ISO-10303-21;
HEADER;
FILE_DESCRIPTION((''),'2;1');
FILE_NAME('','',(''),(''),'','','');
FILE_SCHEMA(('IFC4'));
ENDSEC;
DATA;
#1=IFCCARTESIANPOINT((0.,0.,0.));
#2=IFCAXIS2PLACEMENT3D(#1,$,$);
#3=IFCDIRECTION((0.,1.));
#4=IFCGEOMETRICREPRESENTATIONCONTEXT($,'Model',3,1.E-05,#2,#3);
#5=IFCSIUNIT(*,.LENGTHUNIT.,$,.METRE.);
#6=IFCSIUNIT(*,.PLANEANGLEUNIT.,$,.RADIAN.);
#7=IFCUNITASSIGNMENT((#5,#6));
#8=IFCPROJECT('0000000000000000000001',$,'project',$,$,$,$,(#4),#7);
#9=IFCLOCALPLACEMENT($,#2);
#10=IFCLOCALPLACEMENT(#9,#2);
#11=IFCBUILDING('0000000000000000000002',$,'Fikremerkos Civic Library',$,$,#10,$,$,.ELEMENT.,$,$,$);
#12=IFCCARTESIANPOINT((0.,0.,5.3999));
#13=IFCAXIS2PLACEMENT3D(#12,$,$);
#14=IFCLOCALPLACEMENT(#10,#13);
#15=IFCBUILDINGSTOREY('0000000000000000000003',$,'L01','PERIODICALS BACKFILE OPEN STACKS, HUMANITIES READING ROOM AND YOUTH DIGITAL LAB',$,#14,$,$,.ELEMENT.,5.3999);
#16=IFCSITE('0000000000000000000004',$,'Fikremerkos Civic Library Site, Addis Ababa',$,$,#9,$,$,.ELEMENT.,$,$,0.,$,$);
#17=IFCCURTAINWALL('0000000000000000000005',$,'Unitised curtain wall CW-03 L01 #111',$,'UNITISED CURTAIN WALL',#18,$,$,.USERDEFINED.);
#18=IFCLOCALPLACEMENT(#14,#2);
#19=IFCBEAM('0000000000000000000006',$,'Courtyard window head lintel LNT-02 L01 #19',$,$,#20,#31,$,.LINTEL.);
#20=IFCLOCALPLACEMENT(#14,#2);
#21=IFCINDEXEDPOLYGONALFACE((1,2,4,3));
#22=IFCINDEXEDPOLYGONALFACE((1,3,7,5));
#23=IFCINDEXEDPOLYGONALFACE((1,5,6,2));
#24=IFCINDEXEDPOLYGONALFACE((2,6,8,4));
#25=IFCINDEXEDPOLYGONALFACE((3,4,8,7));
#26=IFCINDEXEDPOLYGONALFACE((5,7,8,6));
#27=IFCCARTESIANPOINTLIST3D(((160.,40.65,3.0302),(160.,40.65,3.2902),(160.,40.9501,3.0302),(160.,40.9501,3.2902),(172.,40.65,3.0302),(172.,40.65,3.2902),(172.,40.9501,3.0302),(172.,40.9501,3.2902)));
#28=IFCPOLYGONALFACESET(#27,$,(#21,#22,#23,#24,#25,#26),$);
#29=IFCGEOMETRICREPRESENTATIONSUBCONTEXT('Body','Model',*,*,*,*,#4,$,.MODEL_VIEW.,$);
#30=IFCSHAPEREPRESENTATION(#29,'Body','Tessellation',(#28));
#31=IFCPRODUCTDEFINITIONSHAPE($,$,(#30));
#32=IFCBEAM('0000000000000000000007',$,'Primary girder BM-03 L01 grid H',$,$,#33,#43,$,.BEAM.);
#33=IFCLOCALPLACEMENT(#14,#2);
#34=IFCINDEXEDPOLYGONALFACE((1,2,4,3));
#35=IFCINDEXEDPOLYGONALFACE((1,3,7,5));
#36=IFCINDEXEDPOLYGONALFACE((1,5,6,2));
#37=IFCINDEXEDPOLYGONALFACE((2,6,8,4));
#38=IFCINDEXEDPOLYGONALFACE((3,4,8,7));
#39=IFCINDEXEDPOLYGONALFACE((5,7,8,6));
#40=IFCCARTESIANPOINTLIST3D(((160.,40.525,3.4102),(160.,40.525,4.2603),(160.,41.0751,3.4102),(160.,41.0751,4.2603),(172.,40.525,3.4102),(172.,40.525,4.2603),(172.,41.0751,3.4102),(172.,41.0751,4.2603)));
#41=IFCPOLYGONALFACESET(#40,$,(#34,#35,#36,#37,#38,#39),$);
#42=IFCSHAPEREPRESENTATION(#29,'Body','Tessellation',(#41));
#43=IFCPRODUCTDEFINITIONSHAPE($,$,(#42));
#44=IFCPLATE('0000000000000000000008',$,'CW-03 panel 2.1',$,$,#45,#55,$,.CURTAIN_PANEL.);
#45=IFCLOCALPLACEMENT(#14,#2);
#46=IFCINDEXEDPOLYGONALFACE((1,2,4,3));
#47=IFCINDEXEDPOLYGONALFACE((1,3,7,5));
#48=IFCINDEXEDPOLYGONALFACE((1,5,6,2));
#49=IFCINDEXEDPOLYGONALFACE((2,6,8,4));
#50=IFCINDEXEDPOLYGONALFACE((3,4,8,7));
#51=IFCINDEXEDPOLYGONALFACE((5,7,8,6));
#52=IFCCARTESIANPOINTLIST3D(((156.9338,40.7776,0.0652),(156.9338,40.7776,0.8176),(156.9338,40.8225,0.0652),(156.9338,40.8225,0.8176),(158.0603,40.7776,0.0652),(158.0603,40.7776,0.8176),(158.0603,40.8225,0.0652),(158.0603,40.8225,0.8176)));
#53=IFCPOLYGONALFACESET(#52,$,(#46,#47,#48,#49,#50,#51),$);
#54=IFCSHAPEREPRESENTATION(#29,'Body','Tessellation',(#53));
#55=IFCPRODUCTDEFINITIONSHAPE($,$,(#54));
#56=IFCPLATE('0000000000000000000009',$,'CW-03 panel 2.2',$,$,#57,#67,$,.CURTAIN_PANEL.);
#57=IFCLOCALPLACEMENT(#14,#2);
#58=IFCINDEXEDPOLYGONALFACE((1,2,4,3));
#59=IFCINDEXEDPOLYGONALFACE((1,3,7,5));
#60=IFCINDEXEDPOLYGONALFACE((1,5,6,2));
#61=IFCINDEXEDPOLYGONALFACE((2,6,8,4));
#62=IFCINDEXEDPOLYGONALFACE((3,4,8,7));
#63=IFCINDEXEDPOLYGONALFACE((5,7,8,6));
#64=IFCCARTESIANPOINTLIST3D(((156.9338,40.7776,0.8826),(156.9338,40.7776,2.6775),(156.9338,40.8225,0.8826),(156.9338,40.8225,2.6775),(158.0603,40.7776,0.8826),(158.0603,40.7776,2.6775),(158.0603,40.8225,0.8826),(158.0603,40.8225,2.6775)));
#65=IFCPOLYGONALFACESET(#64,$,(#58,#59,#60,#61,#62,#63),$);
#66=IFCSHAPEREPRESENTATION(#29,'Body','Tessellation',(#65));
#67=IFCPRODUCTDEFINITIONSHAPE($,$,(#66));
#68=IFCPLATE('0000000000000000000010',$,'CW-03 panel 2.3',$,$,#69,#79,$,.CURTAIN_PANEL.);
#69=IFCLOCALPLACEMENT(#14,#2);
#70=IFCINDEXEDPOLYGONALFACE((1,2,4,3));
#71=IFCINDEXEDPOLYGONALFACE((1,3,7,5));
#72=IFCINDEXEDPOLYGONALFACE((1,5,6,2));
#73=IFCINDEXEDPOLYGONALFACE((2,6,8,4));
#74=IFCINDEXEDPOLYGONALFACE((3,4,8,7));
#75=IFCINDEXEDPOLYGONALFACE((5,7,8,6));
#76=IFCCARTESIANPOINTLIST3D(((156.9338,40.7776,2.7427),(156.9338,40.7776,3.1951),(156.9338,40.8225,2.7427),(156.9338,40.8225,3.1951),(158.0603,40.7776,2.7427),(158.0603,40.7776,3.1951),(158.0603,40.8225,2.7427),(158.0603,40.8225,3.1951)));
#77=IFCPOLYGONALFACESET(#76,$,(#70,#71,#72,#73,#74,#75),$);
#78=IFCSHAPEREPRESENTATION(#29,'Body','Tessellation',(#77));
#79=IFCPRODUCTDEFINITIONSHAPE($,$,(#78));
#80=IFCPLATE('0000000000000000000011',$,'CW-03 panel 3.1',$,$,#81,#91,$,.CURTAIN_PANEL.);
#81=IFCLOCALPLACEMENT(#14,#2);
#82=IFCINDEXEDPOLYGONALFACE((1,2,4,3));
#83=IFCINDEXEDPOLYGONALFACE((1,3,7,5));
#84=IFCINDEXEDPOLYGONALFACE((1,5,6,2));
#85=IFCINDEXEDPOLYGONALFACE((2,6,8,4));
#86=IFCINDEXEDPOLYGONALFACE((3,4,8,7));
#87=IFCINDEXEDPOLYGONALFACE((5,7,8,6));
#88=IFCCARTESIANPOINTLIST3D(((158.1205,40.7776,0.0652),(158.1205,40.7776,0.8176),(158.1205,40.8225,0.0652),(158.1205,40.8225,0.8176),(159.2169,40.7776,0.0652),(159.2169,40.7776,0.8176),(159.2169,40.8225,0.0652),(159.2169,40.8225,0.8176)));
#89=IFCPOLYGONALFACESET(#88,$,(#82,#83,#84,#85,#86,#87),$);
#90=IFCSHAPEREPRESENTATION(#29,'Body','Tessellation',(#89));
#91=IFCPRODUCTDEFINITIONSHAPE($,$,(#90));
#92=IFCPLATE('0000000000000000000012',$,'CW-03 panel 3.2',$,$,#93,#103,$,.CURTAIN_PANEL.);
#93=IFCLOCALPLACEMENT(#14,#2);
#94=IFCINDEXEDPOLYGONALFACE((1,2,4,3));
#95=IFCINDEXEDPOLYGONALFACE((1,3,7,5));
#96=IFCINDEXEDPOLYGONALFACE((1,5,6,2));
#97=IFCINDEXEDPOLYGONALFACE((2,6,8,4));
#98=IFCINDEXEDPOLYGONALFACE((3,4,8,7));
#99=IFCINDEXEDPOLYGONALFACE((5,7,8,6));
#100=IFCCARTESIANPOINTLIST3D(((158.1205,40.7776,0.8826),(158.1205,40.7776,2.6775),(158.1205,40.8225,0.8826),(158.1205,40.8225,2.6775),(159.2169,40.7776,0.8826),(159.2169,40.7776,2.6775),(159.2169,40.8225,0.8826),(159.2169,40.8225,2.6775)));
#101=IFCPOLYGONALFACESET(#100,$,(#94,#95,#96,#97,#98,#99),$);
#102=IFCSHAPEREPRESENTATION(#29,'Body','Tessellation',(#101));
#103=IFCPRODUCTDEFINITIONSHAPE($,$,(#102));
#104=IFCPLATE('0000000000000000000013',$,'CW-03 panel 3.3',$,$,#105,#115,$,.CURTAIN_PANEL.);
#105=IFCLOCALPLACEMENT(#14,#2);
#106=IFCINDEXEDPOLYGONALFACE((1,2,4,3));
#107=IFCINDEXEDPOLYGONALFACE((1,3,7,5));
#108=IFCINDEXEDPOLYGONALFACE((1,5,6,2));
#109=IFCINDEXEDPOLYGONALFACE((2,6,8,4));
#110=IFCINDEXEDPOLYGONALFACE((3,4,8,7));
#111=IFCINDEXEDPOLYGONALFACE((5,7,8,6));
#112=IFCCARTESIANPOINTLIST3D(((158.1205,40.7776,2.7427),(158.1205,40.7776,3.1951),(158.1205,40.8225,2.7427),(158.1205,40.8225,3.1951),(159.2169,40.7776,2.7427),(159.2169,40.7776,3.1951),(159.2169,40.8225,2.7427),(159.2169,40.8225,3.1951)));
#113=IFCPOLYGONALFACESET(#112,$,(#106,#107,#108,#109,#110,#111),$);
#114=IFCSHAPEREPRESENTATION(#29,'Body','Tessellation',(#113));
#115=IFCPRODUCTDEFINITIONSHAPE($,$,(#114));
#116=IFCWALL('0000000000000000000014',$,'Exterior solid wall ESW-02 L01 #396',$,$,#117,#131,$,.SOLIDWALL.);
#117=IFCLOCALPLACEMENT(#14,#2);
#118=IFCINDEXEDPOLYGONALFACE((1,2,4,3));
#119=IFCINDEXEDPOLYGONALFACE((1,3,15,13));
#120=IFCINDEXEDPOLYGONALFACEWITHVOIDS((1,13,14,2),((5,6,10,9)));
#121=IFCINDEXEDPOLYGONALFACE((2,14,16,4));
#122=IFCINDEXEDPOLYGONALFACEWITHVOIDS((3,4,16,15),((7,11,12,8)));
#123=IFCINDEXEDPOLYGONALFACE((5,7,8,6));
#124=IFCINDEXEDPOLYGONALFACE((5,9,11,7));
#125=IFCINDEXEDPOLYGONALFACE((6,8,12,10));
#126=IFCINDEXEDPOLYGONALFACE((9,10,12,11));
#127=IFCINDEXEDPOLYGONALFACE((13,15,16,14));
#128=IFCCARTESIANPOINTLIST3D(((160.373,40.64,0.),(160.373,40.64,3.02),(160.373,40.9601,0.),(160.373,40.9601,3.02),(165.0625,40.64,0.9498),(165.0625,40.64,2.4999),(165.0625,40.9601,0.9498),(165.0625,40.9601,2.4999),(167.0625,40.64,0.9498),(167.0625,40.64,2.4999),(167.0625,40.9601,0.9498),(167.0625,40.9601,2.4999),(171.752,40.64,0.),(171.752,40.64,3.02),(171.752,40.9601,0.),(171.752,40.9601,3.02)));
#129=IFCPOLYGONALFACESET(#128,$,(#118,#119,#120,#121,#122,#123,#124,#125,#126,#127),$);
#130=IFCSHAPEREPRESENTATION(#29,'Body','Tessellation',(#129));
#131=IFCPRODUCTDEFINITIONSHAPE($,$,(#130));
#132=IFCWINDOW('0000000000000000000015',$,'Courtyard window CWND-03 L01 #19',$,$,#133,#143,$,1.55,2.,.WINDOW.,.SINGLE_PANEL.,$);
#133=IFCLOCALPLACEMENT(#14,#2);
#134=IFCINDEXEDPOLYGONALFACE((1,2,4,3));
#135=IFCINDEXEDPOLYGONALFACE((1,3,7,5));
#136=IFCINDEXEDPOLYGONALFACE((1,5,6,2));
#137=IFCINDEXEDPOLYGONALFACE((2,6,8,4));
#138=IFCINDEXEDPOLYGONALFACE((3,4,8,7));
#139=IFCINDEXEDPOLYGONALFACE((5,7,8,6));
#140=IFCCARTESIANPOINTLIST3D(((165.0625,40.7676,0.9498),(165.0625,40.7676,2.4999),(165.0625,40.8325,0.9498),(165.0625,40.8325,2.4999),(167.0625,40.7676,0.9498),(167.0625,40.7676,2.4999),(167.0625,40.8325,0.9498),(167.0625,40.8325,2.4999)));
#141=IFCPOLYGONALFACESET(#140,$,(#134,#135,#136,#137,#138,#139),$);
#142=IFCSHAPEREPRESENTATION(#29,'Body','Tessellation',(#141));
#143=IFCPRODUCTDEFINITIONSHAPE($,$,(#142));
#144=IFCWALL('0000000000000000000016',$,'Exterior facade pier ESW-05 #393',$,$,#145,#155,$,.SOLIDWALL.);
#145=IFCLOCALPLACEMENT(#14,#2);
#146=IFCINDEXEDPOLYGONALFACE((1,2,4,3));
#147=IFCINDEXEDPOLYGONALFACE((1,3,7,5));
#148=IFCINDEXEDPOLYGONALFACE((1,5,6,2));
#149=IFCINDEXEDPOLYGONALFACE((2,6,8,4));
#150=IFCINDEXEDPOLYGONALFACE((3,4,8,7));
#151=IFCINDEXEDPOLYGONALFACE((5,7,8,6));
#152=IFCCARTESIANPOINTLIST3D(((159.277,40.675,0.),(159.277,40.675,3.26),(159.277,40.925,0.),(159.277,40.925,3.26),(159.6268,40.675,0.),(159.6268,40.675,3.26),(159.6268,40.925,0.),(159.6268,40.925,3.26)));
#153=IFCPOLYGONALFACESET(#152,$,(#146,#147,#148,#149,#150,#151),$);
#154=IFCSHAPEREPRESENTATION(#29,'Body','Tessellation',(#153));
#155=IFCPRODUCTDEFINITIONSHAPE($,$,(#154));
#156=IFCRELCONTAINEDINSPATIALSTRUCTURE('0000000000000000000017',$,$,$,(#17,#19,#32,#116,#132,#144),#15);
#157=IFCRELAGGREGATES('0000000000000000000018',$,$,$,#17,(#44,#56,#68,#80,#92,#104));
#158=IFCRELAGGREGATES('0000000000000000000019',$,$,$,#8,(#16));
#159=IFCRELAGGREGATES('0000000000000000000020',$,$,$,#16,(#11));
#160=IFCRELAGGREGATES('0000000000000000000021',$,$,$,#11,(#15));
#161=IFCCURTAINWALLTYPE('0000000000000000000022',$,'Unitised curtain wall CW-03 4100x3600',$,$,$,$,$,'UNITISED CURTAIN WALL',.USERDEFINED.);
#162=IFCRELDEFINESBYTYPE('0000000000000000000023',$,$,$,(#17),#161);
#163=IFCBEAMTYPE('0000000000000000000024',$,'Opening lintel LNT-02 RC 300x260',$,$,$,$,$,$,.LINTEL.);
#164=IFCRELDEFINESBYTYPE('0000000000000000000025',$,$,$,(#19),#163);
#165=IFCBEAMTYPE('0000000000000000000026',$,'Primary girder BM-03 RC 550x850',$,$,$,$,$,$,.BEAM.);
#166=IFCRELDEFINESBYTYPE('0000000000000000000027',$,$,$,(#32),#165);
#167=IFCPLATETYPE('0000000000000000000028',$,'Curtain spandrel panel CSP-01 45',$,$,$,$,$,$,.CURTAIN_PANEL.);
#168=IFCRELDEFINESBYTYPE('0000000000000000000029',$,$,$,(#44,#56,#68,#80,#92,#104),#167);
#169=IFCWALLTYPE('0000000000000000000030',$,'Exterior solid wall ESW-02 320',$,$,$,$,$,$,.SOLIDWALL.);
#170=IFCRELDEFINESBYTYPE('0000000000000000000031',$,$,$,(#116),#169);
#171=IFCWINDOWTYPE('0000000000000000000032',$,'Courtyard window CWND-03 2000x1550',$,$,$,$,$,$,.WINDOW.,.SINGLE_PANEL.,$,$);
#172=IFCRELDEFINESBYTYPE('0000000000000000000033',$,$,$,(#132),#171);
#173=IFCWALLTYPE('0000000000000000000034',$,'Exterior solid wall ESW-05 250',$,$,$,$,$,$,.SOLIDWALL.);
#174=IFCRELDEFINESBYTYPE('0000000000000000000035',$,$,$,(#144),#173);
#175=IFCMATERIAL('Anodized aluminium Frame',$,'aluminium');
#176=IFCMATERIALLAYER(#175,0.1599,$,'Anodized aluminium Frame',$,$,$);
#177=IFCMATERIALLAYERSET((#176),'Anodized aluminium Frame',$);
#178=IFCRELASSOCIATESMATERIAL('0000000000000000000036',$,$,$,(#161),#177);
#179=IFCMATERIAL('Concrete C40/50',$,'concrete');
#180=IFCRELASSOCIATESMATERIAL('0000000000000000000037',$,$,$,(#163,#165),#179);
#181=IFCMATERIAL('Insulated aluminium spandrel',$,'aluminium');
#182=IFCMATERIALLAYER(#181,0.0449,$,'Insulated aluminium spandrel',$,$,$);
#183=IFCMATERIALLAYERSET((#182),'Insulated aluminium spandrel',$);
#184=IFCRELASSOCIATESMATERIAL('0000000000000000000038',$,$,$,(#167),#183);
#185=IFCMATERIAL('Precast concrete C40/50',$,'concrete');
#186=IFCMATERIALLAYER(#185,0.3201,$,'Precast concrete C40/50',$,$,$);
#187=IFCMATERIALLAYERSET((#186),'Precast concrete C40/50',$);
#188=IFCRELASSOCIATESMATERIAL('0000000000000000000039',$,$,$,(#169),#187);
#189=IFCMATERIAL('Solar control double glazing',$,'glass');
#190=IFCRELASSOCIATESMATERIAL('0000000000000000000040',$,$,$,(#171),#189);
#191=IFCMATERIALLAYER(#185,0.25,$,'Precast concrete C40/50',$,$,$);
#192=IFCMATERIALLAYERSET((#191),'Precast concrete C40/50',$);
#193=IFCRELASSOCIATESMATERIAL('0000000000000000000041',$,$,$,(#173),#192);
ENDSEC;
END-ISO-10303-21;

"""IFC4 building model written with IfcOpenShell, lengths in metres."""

from ifc_helpers import new_model, si_unit, direction, frame, frame_2d, origin, origin_2d, place, context, subcontext, project, spatial, rectangle, extrude, material, layer, layer_set, material_profile, profile_set, type_object, element, fill, aggregate, save


model = new_model("IFC4")

# Units and contexts
model_context = context("Model", 3, precision=1e-05, world=origin(), true_north=direction((0.0, 1.0)))
body_context = subcontext(model_context, "Body", "Model", "MODEL_VIEW")
ifc_project = project(units=[si_unit("LENGTHUNIT", "METRE"), si_unit("PLANEANGLEUNIT", "RADIAN")], contexts=[model_context])

# Site, building, storey
site_placement = place(None, origin())
site = spatial("IfcSite", under=ifc_project, at=site_placement, Name="Fikremerkos Civic Library Site, Addis Ababa", CompositionType="ELEMENT", RefElevation=0.0)
building_placement = place(site_placement, origin())
building = spatial("IfcBuilding", under=site, at=building_placement, Name="Fikremerkos Civic Library", CompositionType="ELEMENT")
storey_placement = place(building_placement, frame((0.0, 0.0, 5.3999)))
storey = spatial("IfcBuildingStorey", under=building, at=storey_placement, Name="L01", Description="PERIODICALS BACKFILE OPEN STACKS, HUMANITIES READING ROOM AND YOUTH DIGITAL LAB", CompositionType="ELEMENT", Elevation=5.3999)

# Shared definitions
ifc_material_1 = material(Name="Concrete C40/50", Category="concrete")

# Curtain wall
ifc_material_2 = material(Name="Anodized aluminium Frame", Category="aluminium")
ifc_layer_1 = layer(ifc_material_2, 0.1599, Name="Anodized aluminium Frame")
ifc_layer_set_1 = layer_set([ifc_layer_1], Name="Anodized aluminium Frame")
curtain_wall_type = type_object("IfcCurtainWallType", Name="Unitised curtain wall CW-03 4100x3600", ElementType="UNITISED CURTAIN WALL", PredefinedType="USERDEFINED", material=ifc_layer_set_1)
curtain_wall_placement = place(storey_placement, origin())
curtain_wall = element("IfcCurtainWall", 1, at=curtain_wall_placement, inside=storey, type_object=curtain_wall_type, Name="Unitised curtain wall CW-03 L01 #111", ObjectType="UNITISED CURTAIN WALL", PredefinedType="USERDEFINED")

# Beams
ifc_material_profile_1 = material_profile(ifc_material_1, rectangle(XDim=0.3, YDim=0.26, at=origin_2d()), Name="RC 300x260")
ifc_profile_set_1 = profile_set([ifc_material_profile_1], Name="Concrete C40/50")
beam_type_1 = type_object("IfcBeamType", Name="Opening lintel LNT-02 RC 300x260", PredefinedType="LINTEL", material=ifc_profile_set_1)
beam_1_placement = place(storey_placement, frame((160.0, 40.8, 3.1602), z_axis=(1.0, 0.0, 0.0), x_axis=(0.0, 1.0, 0.0)))
element("IfcBeam", 2, at=beam_1_placement, inside=storey, type_object=beam_type_1, Name="Courtyard window head lintel LNT-02 L01 #19", PredefinedType="LINTEL", context=body_context, shape_type="SweptSolid", body=[
    extrude(rectangle(XDim=0.3, YDim=0.26, at=origin_2d()), origin(), (0.0, 0.0, 1.0), 12.0),
])
ifc_material_profile_2 = material_profile(ifc_material_1, rectangle(XDim=0.55, YDim=0.8501, at=origin_2d()), Name="RC 550x850")
ifc_profile_set_2 = profile_set([ifc_material_profile_2], Name="Concrete C40/50")
beam_type_2 = type_object("IfcBeamType", Name="Primary girder BM-03 RC 550x850", PredefinedType="BEAM", material=ifc_profile_set_2)
beam_2_placement = place(storey_placement, frame((160.0, 40.8, 3.8352), z_axis=(1.0, 0.0, 0.0), x_axis=(0.0, 1.0, 0.0)))
element("IfcBeam", 3, at=beam_2_placement, inside=storey, type_object=beam_type_2, Name="Primary girder BM-03 L01 grid H", PredefinedType="BEAM", context=body_context, shape_type="SweptSolid", body=[
    extrude(rectangle(XDim=0.55, YDim=0.8501, at=origin_2d()), origin(), (0.0, 0.0, 1.0), 12.0),
])

# Plates
ifc_material_3 = material(Name="Insulated aluminium spandrel", Category="aluminium")
ifc_layer_2 = layer(ifc_material_3, 0.0449, Name="Insulated aluminium spandrel")
ifc_layer_set_2 = layer_set([ifc_layer_2], Name="Insulated aluminium spandrel")
plate_type = type_object("IfcPlateType", Name="Curtain spandrel panel CSP-01 45", PredefinedType="CURTAIN_PANEL", material=ifc_layer_set_2)
plate_1_placement = place(storey_placement, frame((157.4971, 40.8, 0.0652), z_axis=(0.0, 0.0, 1.0), x_axis=(1.0, 0.0, 0.0)))
plate_1 = element("IfcPlate", 4, at=plate_1_placement, type_object=plate_type, Name="CW-03 panel 2.1", PredefinedType="CURTAIN_PANEL", context=body_context, shape_type="SweptSolid", body=[
    extrude(rectangle(XDim=1.1265, YDim=0.0449, at=origin_2d()), origin(), (0.0, 0.0, 1.0), 0.7524),
])
plate_2_placement = place(storey_placement, frame((157.4971, 40.8, 0.8826), z_axis=(0.0, 0.0, 1.0), x_axis=(1.0, 0.0, 0.0)))
plate_2 = element("IfcPlate", 5, at=plate_2_placement, type_object=plate_type, Name="CW-03 panel 2.2", PredefinedType="CURTAIN_PANEL", context=body_context, shape_type="SweptSolid", body=[
    extrude(rectangle(XDim=1.1265, YDim=0.0449, at=origin_2d()), origin(), (0.0, 0.0, 1.0), 1.7949),
])
plate_3_placement = place(storey_placement, frame((157.4971, 40.8, 2.7427), z_axis=(0.0, 0.0, 1.0), x_axis=(1.0, 0.0, 0.0)))
plate_3 = element("IfcPlate", 6, at=plate_3_placement, type_object=plate_type, Name="CW-03 panel 2.3", PredefinedType="CURTAIN_PANEL", context=body_context, shape_type="SweptSolid", body=[
    extrude(rectangle(XDim=1.1265, YDim=0.0449, at=origin_2d()), origin(), (0.0, 0.0, 1.0), 0.4524),
])
plate_4_placement = place(storey_placement, frame((158.6687, 40.8, 0.0652), z_axis=(0.0, 0.0, 1.0), x_axis=(1.0, 0.0, 0.0)))
plate_4 = element("IfcPlate", 7, at=plate_4_placement, type_object=plate_type, Name="CW-03 panel 3.1", PredefinedType="CURTAIN_PANEL", context=body_context, shape_type="SweptSolid", body=[
    extrude(rectangle(XDim=1.0964, YDim=0.0449, at=origin_2d()), origin(), (0.0, 0.0, 1.0), 0.7524),
])
plate_5_placement = place(storey_placement, frame((158.6687, 40.8, 0.8826), z_axis=(0.0, 0.0, 1.0), x_axis=(1.0, 0.0, 0.0)))
plate_5 = element("IfcPlate", 8, at=plate_5_placement, type_object=plate_type, Name="CW-03 panel 3.2", PredefinedType="CURTAIN_PANEL", context=body_context, shape_type="SweptSolid", body=[
    extrude(rectangle(XDim=1.0964, YDim=0.0449, at=origin_2d()), origin(), (0.0, 0.0, 1.0), 1.7949),
])
plate_6_placement = place(storey_placement, frame((158.6687, 40.8, 2.7427), z_axis=(0.0, 0.0, 1.0), x_axis=(1.0, 0.0, 0.0)))
plate_6 = element("IfcPlate", 9, at=plate_6_placement, type_object=plate_type, Name="CW-03 panel 3.3", PredefinedType="CURTAIN_PANEL", context=body_context, shape_type="SweptSolid", body=[
    extrude(rectangle(XDim=1.0964, YDim=0.0449, at=origin_2d()), origin(), (0.0, 0.0, 1.0), 0.4524),
])
aggregate(curtain_wall, [plate_1, plate_2, plate_3, plate_4, plate_5, plate_6])

# Wall, opening, window
ifc_material_4 = material(Name="Precast concrete C40/50", Category="concrete")
ifc_layer_3 = layer(ifc_material_4, 0.3201, Name="Precast concrete C40/50")
ifc_layer_set_3 = layer_set([ifc_layer_3], Name="Precast concrete C40/50")
wall_type_1 = type_object("IfcWallType", Name="Exterior solid wall ESW-02 320", PredefinedType="SOLIDWALL", material=ifc_layer_set_3)
wall_1_placement = place(storey_placement, frame((160.373, 40.8, 0.0), z_axis=(0.0, 0.0, 1.0), x_axis=(1.0, 0.0, 0.0)))
wall_1 = element("IfcWall", 10, at=wall_1_placement, inside=storey, type_object=wall_type_1, Name="Exterior solid wall ESW-02 L01 #396", PredefinedType="SOLIDWALL", context=body_context, shape_type="SweptSolid", body=[
    extrude(rectangle(XDim=11.3789, YDim=0.3201, at=frame_2d((5.6895, 0.0))), origin(), (0.0, 0.0, 1.0), 3.02),
])
opening_placement = place(wall_1_placement, frame((4.6895, 0.0, 0.95)))
opening = element("IfcOpeningElement", 11, at=opening_placement, cuts=wall_1, PredefinedType="OPENING", context=body_context, shape_type="SweptSolid", body=[
    extrude(rectangle(XDim=2.0, YDim=1.55, at=frame_2d((1.0, 0.7749))), frame((0.0, 0.1699, 0.0), z_axis=(0.0, -1.0, 0.0), x_axis=(1.0, 0.0, 0.0)), (0.0, 0.0, 1.0), 0.3401),
])
ifc_material_5 = material(Name="Solar control double glazing", Category="glass")
window_type = type_object("IfcWindowType", Name="Courtyard window CWND-03 2000x1550", PartitioningType="SINGLE_PANEL", PredefinedType="WINDOW", material=ifc_material_5)
window_placement = place(opening_placement, origin())
window = element("IfcWindow", 12, at=window_placement, inside=storey, type_object=window_type, Name="Courtyard window CWND-03 L01 #19", OverallHeight=1.55, OverallWidth=2.0, PartitioningType="SINGLE_PANEL", PredefinedType="WINDOW", context=body_context, shape_type="SweptSolid", body=[
    extrude(rectangle(XDim=2.0, YDim=1.55, at=frame_2d((1.0, 0.7749))), frame((0.0, 0.0325, 0.0), z_axis=(0.0, -1.0, 0.0), x_axis=(1.0, 0.0, 0.0)), (0.0, 0.0, 1.0), 0.0649),
])
fill(opening, window)

# Wall
ifc_layer_4 = layer(ifc_material_4, 0.25, Name="Precast concrete C40/50")
ifc_layer_set_4 = layer_set([ifc_layer_4], Name="Precast concrete C40/50")
wall_type_2 = type_object("IfcWallType", Name="Exterior solid wall ESW-05 250", PredefinedType="SOLIDWALL", material=ifc_layer_set_4)
wall_2_placement = place(storey_placement, frame((159.2771, 40.8, 0.0), z_axis=(0.0, 0.0, 1.0), x_axis=(1.0, 0.0, 0.0)))
element("IfcWall", 13, at=wall_2_placement, inside=storey, type_object=wall_type_2, Name="Exterior facade pier ESW-05 #393", PredefinedType="SOLIDWALL", context=body_context, shape_type="SweptSolid", body=[
    extrude(rectangle(XDim=0.3499, YDim=0.25, at=frame_2d((0.1748, 0.0))), origin(), (0.0, 0.0, 1.0), 3.26),
])

save(model, "model.ifc")
